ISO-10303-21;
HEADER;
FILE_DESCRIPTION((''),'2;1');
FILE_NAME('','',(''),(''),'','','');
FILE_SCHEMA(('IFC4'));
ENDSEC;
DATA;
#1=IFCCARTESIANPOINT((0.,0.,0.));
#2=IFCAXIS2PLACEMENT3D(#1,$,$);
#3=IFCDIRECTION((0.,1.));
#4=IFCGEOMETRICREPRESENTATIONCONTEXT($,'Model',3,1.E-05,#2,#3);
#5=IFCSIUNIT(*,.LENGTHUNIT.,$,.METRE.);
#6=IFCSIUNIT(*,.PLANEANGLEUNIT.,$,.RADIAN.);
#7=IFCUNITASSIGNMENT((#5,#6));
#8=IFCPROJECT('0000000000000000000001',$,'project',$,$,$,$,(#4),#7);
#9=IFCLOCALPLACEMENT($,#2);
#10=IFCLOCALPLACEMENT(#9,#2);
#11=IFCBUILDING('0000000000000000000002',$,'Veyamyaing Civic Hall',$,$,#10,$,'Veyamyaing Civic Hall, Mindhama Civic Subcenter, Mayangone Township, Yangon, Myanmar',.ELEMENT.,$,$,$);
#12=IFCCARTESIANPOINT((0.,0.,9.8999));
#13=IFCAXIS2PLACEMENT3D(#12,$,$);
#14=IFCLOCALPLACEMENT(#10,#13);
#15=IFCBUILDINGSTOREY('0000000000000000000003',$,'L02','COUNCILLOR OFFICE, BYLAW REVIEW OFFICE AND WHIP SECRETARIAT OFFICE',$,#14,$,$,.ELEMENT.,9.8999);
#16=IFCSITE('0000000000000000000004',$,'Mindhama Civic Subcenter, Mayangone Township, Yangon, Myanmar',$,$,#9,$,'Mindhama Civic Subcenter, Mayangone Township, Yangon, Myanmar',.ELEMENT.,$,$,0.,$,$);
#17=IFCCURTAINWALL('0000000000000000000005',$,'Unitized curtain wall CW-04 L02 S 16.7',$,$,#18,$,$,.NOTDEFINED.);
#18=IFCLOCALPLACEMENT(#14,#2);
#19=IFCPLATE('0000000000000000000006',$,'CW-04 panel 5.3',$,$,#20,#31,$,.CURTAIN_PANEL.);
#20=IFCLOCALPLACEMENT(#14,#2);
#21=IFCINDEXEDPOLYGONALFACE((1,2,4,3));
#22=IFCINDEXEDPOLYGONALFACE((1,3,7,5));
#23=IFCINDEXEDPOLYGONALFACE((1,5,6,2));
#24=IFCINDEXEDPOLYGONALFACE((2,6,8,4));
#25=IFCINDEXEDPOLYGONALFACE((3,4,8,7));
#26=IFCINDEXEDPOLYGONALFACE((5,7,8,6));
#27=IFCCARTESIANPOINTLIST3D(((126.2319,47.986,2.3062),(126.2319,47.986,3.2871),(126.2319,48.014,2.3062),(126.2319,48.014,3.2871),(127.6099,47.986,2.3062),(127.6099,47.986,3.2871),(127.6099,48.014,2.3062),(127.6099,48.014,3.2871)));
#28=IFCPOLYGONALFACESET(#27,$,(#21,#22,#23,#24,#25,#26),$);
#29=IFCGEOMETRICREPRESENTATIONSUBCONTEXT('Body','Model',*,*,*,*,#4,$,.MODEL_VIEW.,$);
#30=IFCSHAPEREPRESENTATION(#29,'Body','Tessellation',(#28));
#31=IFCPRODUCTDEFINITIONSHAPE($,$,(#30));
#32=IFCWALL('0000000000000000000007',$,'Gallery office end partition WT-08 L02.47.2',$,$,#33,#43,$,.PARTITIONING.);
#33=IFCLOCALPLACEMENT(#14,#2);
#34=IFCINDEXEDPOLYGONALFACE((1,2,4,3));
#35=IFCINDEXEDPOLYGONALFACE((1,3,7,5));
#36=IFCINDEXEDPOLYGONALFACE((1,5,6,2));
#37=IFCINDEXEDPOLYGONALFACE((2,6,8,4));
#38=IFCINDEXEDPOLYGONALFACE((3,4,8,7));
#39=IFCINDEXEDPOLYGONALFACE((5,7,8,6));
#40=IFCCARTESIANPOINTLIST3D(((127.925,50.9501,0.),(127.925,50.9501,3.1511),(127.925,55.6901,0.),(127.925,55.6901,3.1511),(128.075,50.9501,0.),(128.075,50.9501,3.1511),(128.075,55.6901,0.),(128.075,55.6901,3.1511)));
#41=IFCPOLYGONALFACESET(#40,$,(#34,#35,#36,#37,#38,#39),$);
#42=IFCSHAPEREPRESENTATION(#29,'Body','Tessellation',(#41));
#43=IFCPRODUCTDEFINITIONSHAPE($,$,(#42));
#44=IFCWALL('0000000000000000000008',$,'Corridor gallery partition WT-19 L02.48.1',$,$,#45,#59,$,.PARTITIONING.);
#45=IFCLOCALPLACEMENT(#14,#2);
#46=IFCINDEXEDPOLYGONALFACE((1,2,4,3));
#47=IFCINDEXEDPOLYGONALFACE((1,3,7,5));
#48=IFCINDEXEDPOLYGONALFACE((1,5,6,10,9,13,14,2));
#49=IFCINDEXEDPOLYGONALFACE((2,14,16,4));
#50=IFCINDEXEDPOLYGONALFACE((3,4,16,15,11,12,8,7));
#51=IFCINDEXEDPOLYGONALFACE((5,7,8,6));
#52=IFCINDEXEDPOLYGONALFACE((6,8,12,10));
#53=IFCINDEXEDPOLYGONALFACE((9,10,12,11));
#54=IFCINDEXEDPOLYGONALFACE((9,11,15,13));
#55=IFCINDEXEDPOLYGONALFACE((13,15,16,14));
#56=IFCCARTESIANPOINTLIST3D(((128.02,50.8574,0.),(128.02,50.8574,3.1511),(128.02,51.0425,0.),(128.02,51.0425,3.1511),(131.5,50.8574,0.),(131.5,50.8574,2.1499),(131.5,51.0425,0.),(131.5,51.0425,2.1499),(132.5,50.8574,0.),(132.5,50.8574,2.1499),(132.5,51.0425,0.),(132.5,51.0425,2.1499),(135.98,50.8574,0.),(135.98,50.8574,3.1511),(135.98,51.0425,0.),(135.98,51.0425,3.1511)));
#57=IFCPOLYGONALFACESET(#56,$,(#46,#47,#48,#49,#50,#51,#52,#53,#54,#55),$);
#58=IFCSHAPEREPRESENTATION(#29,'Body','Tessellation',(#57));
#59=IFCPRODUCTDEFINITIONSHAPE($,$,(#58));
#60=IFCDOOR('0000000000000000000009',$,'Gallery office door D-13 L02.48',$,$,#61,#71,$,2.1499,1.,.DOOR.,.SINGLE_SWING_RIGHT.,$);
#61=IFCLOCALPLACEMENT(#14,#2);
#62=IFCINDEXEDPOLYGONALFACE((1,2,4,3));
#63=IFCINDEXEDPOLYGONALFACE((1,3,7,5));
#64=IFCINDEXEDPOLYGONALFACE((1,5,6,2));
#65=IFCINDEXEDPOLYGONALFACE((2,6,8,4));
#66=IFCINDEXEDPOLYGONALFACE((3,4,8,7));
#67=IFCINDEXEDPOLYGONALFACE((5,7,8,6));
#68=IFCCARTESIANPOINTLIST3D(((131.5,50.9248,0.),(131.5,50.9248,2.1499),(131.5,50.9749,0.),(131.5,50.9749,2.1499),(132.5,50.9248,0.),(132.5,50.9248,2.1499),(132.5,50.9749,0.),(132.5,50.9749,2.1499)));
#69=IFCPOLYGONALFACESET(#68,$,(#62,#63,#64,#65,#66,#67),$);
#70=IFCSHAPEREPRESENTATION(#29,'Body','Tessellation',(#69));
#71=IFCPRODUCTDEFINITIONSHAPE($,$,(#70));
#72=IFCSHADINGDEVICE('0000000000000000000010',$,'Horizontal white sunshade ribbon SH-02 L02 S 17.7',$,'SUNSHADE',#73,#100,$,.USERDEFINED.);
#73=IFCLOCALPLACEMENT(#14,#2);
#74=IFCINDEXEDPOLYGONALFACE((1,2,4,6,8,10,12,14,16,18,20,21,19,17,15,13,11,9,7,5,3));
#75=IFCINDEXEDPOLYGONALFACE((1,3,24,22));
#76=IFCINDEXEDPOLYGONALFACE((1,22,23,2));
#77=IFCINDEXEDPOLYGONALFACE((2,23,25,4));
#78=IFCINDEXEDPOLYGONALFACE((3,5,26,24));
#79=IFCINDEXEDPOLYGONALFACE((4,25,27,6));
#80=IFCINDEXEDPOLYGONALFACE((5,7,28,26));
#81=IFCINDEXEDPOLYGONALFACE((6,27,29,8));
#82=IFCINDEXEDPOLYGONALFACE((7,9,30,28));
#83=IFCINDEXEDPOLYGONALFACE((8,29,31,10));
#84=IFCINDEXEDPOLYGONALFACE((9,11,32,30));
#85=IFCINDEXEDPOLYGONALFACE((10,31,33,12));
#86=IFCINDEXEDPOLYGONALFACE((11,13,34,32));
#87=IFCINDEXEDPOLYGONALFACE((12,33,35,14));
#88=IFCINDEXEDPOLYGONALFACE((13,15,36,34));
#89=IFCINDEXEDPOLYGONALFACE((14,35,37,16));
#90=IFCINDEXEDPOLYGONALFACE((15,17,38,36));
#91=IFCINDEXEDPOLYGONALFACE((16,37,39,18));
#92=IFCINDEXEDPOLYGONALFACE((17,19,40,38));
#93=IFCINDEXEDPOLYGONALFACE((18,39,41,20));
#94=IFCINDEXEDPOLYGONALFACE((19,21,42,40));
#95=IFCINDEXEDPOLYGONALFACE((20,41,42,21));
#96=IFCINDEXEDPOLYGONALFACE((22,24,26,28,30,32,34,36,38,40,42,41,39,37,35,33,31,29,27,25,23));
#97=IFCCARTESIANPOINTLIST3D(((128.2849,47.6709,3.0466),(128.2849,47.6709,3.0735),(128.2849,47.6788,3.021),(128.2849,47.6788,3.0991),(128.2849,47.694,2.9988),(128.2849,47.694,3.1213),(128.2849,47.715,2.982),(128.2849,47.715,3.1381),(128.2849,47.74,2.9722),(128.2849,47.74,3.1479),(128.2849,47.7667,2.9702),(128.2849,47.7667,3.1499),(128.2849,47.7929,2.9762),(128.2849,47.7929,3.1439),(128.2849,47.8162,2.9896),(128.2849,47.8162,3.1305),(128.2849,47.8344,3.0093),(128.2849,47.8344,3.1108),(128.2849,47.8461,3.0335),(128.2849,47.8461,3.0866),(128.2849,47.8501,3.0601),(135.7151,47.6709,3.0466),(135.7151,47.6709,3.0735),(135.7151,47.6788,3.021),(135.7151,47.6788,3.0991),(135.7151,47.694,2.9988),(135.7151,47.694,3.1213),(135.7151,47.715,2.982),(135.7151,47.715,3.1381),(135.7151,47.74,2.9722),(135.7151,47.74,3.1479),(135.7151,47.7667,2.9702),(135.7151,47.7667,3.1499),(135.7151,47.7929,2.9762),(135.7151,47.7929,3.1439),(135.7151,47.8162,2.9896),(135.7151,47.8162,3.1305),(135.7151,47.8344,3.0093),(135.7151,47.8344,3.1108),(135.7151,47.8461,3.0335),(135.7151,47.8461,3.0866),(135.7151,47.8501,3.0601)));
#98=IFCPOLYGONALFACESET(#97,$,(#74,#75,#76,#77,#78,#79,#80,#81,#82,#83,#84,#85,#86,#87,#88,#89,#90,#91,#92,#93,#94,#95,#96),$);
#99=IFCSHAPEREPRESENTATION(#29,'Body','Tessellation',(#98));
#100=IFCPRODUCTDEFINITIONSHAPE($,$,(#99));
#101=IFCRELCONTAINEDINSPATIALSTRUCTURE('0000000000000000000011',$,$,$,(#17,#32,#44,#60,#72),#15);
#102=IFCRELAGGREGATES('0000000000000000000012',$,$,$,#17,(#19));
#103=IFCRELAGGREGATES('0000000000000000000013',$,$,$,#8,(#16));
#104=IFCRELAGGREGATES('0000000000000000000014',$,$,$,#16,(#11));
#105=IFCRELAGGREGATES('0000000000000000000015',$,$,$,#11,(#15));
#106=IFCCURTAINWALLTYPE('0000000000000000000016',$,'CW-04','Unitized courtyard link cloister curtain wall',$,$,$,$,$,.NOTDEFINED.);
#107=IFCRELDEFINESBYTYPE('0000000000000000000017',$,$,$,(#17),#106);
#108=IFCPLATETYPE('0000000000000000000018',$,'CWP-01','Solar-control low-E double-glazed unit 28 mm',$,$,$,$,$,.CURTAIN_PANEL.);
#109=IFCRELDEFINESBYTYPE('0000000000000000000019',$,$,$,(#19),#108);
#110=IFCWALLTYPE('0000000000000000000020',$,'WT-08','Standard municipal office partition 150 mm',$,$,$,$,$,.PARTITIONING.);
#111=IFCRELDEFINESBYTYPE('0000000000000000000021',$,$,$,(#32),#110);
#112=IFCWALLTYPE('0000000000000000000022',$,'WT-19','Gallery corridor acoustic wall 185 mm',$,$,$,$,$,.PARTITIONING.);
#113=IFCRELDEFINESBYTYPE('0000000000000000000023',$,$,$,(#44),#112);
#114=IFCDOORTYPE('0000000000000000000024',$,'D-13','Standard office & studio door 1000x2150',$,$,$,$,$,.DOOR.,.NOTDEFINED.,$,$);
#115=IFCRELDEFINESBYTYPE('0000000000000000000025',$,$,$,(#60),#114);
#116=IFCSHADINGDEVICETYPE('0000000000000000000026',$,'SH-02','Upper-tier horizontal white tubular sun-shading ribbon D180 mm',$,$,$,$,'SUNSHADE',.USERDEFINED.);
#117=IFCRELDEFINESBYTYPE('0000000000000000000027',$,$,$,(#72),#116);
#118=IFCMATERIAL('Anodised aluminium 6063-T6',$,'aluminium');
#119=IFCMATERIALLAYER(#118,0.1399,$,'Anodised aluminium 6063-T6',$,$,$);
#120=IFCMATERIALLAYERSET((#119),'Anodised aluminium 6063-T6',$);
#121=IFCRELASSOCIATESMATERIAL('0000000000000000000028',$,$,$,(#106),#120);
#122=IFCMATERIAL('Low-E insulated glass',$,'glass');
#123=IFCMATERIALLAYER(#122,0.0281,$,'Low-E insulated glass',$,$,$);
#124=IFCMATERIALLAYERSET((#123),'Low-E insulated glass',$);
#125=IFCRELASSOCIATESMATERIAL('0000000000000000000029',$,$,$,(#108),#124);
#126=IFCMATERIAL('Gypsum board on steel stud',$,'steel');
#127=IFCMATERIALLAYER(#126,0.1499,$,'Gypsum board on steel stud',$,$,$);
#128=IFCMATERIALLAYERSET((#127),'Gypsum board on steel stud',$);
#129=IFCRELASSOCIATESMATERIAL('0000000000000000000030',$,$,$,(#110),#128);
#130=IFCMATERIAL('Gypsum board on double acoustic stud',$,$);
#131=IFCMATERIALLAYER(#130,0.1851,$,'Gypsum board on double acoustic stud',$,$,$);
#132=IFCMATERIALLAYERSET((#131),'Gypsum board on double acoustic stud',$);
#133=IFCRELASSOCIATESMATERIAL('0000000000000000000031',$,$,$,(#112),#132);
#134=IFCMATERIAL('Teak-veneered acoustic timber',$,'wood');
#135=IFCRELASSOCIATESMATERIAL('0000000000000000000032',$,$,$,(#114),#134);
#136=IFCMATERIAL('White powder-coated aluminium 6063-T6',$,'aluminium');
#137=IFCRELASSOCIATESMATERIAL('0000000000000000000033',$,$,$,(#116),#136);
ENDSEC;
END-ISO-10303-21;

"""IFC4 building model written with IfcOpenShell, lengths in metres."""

from ifc_helpers import new_model, si_unit, direction, frame, frame_2d, origin, origin_2d, place, context, subcontext, project, spatial, rectangle, circle, extrude, material, layer, layer_set, material_profile, profile_set, type_object, element, fill, aggregate, save


model = new_model("IFC4")

# Units and contexts
model_context = context("Model", 3, precision=1e-05, world=origin(), true_north=direction((0.0, 1.0)))
body_context = subcontext(model_context, "Body", "Model", "MODEL_VIEW")
ifc_project = project(units=[si_unit("LENGTHUNIT", "METRE"), si_unit("PLANEANGLEUNIT", "RADIAN")], contexts=[model_context])

# Site, building, storey
site_placement = place(None, origin())
site = spatial("IfcSite", under=ifc_project, at=site_placement, Name="Mindhama Civic Subcenter, Mayangone Township, Yangon, Myanmar", LongName="Mindhama Civic Subcenter, Mayangone Township, Yangon, Myanmar", CompositionType="ELEMENT", RefElevation=0.0)
building_placement = place(site_placement, origin())
building = spatial("IfcBuilding", under=site, at=building_placement, Name="Veyamyaing Civic Hall", LongName="Veyamyaing Civic Hall, Mindhama Civic Subcenter, Mayangone Township, Yangon, Myanmar", CompositionType="ELEMENT")
storey_placement = place(building_placement, frame((0.0, 0.0, 9.8999)))
storey = spatial("IfcBuildingStorey", under=building, at=storey_placement, Name="L02", Description="COUNCILLOR OFFICE, BYLAW REVIEW OFFICE AND WHIP SECRETARIAT OFFICE", CompositionType="ELEMENT", Elevation=9.8999)

# Curtain wall
ifc_material_1 = material(Name="Anodised aluminium 6063-T6", Category="aluminium")
ifc_layer_1 = layer(ifc_material_1, 0.1399, Name="Anodised aluminium 6063-T6")
ifc_layer_set_1 = layer_set([ifc_layer_1], Name="Anodised aluminium 6063-T6")
curtain_wall_type = type_object("IfcCurtainWallType", Name="CW-04", Description="Unitized courtyard link cloister curtain wall", PredefinedType="NOTDEFINED", material=ifc_layer_set_1)
curtain_wall_placement = place(storey_placement, origin())
curtain_wall = element("IfcCurtainWall", 1, at=curtain_wall_placement, inside=storey, type_object=curtain_wall_type, Name="Unitized curtain wall CW-04 L02 S 16.7", PredefinedType="NOTDEFINED")

# Plate
ifc_material_2 = material(Name="Low-E insulated glass", Category="glass")
ifc_layer_2 = layer(ifc_material_2, 0.0281, Name="Low-E insulated glass")
ifc_layer_set_2 = layer_set([ifc_layer_2], Name="Low-E insulated glass")
plate_type = type_object("IfcPlateType", Name="CWP-01", Description="Solar-control low-E double-glazed unit 28 mm", PredefinedType="CURTAIN_PANEL", material=ifc_layer_set_2)
plate_1_placement = place(storey_placement, frame((126.9209, 48.0, 2.3062), z_axis=(0.0, 0.0, 1.0), x_axis=(1.0, 0.0, 0.0)))
plate_1 = element("IfcPlate", 2, at=plate_1_placement, type_object=plate_type, Name="CW-04 panel 5.3", PredefinedType="CURTAIN_PANEL", context=body_context, shape_type="SweptSolid", body=[
    extrude(rectangle(XDim=1.3779, YDim=0.0281, at=origin_2d()), origin(), (0.0, 0.0, 1.0), 0.981),
])
aggregate(curtain_wall, [plate_1])

# Wall
ifc_material_3 = material(Name="Gypsum board on steel stud", Category="steel")
ifc_layer_3 = layer(ifc_material_3, 0.1499, Name="Gypsum board on steel stud")
ifc_layer_set_3 = layer_set([ifc_layer_3], Name="Gypsum board on steel stud")
wall_type_1 = type_object("IfcWallType", Name="WT-08", Description="Standard municipal office partition 150 mm", PredefinedType="PARTITIONING", material=ifc_layer_set_3)
wall_1_placement = place(storey_placement, frame((128.0, 50.95, 0.0), z_axis=(0.0, 0.0, 1.0), x_axis=(0.0, 1.0, 0.0)))
element("IfcWall", 3, at=wall_1_placement, inside=storey, type_object=wall_type_1, Name="Gallery office end partition WT-08 L02.47.2", PredefinedType="PARTITIONING", context=body_context, shape_type="SweptSolid", body=[
    extrude(rectangle(XDim=4.74, YDim=0.1499, at=frame_2d((2.3701, 0.0))), origin(), (0.0, 0.0, 1.0), 3.1511),
])

# Wall, opening, door
ifc_material_4 = material(Name="Gypsum board on double acoustic stud")
ifc_layer_4 = layer(ifc_material_4, 0.1851, Name="Gypsum board on double acoustic stud")
ifc_layer_set_4 = layer_set([ifc_layer_4], Name="Gypsum board on double acoustic stud")
wall_type_2 = type_object("IfcWallType", Name="WT-19", Description="Gallery corridor acoustic wall 185 mm", PredefinedType="PARTITIONING", material=ifc_layer_set_4)
wall_2_placement = place(storey_placement, frame((128.02, 50.95, 0.0), z_axis=(0.0, 0.0, 1.0), x_axis=(1.0, 0.0, 0.0)))
wall_2 = element("IfcWall", 4, at=wall_2_placement, inside=storey, type_object=wall_type_2, Name="Corridor gallery partition WT-19 L02.48.1", PredefinedType="PARTITIONING", context=body_context, shape_type="SweptSolid", body=[
    extrude(rectangle(XDim=7.96, YDim=0.1851, at=frame_2d((3.98, 0.0))), origin(), (0.0, 0.0, 1.0), 3.1511),
])
opening_placement = place(wall_2_placement, frame((3.48, 0.0, 0.0)))
opening = element("IfcOpeningElement", 5, at=opening_placement, cuts=wall_2, PredefinedType="OPENING", context=body_context, shape_type="SweptSolid", body=[
    extrude(rectangle(XDim=1.0, YDim=2.1499, at=frame_2d((0.5, 1.075))), frame((0.0, 0.1025, 0.0), z_axis=(0.0, -1.0, 0.0), x_axis=(1.0, 0.0, 0.0)), (0.0, 0.0, 1.0), 0.2051),
])
ifc_material_5 = material(Name="Teak-veneered acoustic timber", Category="wood")
door_type = type_object("IfcDoorType", Name="D-13", Description="Standard office & studio door 1000x2150", OperationType="NOTDEFINED", PredefinedType="DOOR", material=ifc_material_5)
door_placement = place(opening_placement, origin())
door = element("IfcDoor", 6, at=door_placement, inside=storey, type_object=door_type, Name="Gallery office door D-13 L02.48", OperationType="SINGLE_SWING_RIGHT", OverallHeight=2.1499, OverallWidth=1.0, PredefinedType="DOOR", context=body_context, shape_type="SweptSolid", body=[
    extrude(rectangle(XDim=1.0, YDim=2.1499, at=frame_2d((0.5, 1.075))), frame((0.0, 0.0249, 0.0), z_axis=(0.0, -1.0, 0.0), x_axis=(1.0, 0.0, 0.0)), (0.0, 0.0, 1.0), 0.05),
])
fill(opening, door)

# Shading device
ifc_material_6 = material(Name="White powder-coated aluminium 6063-T6", Category="aluminium")
ifc_material_profile_1 = material_profile(ifc_material_6, circle(Radius=0.0901, at=origin_2d()), Name="SHADE-TUBE-180")
ifc_profile_set_1 = profile_set([ifc_material_profile_1], Name="White powder-coated aluminium 6063-T6")
shading_device_type = type_object("IfcShadingDeviceType", Name="SH-02", Description="Upper-tier horizontal white tubular sun-shading ribbon D180 mm", ElementType="SUNSHADE", PredefinedType="USERDEFINED", material=ifc_profile_set_1)
shading_device_placement = place(storey_placement, frame((128.2849, 47.76, 3.0601), z_axis=(1.0, 0.0, 0.0), x_axis=(0.0, 1.0, 0.0)))
element("IfcShadingDevice", 7, at=shading_device_placement, inside=storey, type_object=shading_device_type, Name="Horizontal white sunshade ribbon SH-02 L02 S 17.7", ObjectType="SUNSHADE", PredefinedType="USERDEFINED", context=body_context, shape_type="SweptSolid", body=[
    extrude(circle(Radius=0.0901, at=origin_2d()), origin(), (0.0, 0.0, 1.0), 7.4302),
])

save(model, "model.ifc")
